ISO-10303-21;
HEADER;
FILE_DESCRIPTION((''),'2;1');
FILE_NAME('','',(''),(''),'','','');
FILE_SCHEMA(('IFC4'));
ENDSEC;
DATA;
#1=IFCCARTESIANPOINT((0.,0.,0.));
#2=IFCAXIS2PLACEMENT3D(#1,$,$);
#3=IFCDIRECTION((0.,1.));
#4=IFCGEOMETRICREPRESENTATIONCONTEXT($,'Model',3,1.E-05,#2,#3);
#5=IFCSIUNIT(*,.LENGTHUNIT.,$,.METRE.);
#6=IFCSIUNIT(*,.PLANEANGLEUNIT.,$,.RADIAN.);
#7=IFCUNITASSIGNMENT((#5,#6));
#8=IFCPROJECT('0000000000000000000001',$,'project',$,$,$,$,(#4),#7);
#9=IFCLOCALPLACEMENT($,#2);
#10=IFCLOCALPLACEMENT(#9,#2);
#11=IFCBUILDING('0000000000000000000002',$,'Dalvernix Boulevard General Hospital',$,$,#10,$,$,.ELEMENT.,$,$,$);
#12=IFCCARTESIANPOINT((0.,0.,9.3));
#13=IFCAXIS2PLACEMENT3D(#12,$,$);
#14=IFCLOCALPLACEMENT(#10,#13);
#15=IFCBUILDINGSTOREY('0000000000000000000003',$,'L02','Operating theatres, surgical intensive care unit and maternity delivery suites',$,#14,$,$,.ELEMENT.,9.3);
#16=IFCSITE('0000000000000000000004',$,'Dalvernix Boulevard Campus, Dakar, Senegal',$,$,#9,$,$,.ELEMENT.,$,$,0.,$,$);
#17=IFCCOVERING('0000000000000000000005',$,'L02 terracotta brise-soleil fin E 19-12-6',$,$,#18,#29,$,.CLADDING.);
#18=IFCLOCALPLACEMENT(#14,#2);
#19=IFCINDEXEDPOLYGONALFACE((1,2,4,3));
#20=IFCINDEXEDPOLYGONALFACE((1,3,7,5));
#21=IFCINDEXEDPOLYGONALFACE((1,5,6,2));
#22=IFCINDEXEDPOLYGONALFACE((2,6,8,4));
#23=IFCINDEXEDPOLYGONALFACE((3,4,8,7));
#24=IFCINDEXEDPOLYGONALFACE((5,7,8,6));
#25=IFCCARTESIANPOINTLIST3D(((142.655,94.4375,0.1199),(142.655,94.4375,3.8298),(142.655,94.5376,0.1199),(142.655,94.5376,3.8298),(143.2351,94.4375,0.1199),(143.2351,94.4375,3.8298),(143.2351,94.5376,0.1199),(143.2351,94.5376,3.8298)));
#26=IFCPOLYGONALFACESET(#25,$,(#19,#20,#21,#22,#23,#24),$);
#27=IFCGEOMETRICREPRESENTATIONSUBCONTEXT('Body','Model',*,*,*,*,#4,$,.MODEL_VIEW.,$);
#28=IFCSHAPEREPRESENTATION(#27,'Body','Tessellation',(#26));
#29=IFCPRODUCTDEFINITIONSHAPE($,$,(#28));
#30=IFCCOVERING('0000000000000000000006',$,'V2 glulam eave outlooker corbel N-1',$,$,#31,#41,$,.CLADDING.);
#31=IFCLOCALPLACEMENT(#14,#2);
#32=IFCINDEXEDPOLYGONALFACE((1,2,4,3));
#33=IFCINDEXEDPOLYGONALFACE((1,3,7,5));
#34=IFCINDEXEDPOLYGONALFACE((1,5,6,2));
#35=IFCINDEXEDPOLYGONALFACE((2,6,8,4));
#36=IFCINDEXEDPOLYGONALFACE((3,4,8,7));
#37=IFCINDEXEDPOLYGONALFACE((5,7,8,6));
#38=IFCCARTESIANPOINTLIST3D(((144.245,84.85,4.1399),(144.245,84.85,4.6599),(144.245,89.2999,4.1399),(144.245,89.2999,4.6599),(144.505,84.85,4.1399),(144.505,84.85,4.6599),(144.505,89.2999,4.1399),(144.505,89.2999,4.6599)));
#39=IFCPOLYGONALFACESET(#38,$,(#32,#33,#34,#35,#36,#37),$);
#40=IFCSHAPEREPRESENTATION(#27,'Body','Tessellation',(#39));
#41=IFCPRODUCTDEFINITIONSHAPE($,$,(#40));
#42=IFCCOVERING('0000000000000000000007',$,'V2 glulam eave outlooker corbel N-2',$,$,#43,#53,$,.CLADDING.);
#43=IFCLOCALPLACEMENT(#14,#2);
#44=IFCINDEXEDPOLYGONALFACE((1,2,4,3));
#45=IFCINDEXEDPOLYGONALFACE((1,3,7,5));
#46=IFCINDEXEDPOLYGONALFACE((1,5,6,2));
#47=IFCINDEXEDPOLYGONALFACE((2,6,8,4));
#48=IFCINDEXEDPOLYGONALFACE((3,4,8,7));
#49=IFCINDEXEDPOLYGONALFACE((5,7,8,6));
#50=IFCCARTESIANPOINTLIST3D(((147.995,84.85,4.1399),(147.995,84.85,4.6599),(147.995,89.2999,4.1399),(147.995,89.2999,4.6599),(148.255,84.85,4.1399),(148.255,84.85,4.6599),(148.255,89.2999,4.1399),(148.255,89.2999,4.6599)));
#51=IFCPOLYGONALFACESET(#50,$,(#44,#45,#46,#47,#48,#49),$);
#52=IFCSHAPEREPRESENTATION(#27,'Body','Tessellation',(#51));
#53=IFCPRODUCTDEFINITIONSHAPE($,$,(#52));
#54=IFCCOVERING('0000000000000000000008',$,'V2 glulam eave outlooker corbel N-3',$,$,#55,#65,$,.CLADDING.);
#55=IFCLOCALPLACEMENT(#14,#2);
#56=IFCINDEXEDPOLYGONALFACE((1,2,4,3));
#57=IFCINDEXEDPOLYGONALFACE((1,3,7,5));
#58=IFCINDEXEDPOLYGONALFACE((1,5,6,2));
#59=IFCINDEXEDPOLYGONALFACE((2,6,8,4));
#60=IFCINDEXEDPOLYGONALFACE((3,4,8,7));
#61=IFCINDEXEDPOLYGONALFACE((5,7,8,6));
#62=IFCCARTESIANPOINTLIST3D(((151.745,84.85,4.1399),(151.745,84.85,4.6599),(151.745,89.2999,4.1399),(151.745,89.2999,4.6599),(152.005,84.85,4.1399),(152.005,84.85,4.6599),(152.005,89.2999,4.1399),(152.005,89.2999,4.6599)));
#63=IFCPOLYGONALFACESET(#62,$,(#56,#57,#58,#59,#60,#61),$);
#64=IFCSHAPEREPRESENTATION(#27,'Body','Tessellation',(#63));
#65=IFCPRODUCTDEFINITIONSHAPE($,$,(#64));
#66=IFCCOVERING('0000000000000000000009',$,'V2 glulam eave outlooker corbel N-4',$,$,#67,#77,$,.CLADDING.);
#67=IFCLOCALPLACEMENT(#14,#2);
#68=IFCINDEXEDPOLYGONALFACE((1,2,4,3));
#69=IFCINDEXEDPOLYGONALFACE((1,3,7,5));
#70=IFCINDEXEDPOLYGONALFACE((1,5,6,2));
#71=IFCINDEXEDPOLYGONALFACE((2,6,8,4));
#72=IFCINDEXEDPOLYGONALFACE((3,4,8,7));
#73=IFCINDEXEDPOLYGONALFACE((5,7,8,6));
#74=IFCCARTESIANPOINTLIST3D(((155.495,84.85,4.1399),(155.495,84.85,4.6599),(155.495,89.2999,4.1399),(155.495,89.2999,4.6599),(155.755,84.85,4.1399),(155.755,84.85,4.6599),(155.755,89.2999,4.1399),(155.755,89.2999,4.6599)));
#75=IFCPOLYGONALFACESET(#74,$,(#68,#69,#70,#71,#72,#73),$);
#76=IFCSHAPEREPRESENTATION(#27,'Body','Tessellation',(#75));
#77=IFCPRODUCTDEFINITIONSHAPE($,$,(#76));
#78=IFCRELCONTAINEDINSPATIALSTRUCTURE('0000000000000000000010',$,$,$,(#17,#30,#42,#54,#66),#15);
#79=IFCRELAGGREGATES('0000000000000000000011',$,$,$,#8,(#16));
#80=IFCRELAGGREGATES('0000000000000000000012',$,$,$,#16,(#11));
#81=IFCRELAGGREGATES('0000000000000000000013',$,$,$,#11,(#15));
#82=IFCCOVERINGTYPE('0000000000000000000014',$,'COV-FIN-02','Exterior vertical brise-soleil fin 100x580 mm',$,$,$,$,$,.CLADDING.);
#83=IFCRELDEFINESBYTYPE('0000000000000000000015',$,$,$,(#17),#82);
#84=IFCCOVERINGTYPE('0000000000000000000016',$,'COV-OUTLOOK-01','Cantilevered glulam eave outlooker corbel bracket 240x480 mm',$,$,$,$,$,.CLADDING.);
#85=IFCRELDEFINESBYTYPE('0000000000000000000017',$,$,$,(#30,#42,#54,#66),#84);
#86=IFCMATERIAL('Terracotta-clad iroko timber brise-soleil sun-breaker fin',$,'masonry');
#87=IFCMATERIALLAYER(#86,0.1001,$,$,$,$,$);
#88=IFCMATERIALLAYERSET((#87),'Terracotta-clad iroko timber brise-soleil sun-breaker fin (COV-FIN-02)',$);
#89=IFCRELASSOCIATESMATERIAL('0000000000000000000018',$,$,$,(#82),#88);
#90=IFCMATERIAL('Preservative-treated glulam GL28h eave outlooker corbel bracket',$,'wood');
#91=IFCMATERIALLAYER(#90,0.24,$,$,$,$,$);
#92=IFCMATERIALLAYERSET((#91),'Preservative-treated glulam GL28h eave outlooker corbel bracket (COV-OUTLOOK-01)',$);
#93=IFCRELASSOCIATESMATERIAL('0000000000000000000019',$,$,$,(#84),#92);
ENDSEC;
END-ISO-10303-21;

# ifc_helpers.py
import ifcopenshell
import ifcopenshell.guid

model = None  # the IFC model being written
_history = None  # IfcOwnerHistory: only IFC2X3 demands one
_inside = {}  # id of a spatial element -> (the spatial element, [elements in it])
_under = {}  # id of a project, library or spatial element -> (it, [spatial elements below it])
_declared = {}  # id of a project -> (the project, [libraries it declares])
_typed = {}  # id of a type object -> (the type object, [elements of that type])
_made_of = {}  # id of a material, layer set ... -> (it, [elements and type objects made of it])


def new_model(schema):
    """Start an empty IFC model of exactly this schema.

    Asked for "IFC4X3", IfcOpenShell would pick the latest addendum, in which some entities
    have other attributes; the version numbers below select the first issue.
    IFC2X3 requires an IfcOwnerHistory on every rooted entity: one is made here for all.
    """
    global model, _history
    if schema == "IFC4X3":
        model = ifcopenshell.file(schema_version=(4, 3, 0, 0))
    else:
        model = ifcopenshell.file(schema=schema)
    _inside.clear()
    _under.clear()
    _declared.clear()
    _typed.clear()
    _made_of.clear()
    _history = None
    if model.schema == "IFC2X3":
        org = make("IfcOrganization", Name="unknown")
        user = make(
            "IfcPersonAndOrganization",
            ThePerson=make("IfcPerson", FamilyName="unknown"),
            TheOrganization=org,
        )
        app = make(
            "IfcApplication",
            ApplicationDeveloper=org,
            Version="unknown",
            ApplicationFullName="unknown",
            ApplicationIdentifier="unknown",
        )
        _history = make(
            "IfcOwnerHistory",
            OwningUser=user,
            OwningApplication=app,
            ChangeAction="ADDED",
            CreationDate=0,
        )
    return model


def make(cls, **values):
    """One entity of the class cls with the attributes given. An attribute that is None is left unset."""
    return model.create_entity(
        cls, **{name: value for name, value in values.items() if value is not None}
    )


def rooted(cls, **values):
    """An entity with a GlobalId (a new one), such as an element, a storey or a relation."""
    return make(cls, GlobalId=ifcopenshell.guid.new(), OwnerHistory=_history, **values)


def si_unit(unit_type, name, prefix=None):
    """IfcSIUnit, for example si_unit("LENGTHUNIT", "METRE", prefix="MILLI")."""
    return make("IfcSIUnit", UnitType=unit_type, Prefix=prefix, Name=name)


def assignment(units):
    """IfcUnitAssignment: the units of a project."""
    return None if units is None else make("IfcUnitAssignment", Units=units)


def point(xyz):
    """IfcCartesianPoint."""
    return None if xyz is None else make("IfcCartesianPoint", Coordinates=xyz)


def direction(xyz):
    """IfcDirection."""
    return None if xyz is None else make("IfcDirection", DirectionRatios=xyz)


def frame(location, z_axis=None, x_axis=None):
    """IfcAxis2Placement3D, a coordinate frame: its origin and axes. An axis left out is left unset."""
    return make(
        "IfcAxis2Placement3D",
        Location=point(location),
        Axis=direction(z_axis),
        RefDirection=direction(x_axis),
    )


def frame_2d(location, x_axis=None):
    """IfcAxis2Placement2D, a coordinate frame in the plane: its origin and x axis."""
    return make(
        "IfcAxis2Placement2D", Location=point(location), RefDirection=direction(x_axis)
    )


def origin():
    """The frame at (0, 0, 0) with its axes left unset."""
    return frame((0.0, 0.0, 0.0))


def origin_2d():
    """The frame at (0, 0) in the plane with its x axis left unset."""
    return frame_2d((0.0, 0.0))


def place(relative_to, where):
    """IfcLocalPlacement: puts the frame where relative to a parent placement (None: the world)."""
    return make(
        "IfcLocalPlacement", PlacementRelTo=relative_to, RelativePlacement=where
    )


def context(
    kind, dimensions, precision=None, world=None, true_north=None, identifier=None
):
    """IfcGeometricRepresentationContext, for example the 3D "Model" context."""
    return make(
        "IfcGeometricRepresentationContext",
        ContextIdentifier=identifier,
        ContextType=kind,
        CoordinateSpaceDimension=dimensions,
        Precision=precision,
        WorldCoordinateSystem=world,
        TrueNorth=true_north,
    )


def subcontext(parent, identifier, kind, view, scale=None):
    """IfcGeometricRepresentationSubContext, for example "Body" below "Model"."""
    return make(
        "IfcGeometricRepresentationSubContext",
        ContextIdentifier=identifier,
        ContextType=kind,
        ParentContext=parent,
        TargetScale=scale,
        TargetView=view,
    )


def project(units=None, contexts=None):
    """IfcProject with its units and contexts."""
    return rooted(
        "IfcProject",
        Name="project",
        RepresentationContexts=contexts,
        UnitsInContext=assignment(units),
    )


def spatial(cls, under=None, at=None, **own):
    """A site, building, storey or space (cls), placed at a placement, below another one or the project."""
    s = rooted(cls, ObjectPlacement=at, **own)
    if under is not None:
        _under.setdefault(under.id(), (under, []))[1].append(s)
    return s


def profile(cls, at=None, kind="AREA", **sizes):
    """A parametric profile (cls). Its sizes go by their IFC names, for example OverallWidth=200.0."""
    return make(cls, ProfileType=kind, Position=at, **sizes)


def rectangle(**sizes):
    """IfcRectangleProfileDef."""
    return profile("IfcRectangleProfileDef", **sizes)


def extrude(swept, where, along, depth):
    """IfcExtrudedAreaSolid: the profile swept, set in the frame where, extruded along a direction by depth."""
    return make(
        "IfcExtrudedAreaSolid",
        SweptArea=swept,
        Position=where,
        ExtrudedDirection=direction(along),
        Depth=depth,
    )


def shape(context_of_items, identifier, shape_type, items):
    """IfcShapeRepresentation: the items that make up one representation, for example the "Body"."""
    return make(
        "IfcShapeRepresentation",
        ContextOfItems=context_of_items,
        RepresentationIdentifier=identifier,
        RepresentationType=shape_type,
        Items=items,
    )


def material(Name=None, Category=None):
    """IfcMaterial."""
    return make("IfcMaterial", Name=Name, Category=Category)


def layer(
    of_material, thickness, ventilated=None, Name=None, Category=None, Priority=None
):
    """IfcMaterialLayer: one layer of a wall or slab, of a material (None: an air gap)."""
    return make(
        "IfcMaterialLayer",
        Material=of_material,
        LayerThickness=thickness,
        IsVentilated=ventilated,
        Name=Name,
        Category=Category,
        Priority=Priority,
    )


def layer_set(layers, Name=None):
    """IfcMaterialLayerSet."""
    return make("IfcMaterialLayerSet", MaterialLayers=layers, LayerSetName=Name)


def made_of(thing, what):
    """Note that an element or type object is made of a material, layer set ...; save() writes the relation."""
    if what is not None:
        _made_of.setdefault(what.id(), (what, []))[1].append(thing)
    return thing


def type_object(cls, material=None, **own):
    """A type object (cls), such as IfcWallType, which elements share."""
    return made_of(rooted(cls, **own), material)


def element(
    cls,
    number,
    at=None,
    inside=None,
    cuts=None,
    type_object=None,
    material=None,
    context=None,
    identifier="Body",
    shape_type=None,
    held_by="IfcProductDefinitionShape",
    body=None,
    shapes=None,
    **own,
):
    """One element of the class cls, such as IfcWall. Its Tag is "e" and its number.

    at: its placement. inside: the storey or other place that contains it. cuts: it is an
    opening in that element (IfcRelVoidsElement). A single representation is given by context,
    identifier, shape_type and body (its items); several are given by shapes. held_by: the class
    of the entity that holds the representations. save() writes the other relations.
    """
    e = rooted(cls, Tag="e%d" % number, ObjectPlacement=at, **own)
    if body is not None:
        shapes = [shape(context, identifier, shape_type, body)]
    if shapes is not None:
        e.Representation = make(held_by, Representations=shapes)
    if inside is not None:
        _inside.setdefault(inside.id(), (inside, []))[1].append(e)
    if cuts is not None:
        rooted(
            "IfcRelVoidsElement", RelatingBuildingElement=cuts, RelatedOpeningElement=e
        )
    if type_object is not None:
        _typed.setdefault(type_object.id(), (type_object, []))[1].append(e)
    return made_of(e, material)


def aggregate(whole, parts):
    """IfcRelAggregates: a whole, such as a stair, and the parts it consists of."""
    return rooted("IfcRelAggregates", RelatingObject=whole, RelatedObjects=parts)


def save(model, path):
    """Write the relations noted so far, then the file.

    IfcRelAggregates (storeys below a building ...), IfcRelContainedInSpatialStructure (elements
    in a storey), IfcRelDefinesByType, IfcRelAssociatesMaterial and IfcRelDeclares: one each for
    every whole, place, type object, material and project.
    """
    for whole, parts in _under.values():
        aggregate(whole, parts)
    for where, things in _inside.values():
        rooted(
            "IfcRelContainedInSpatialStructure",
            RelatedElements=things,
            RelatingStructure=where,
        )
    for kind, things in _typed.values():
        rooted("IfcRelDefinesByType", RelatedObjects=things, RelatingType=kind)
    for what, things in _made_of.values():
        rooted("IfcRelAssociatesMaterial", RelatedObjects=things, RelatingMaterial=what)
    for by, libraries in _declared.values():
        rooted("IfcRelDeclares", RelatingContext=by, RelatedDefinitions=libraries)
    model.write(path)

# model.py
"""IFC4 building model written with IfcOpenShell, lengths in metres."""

from ifc_helpers import new_model, si_unit, direction, frame, origin, origin_2d, place, context, subcontext, project, spatial, rectangle, extrude, material, layer, layer_set, type_object, element, save


model = new_model("IFC4")

# Units and contexts
model_context = context("Model", 3, precision=1e-05, world=origin(), true_north=direction((0.0, 1.0)))
body_context = subcontext(model_context, "Body", "Model", "MODEL_VIEW")
ifc_project = project(units=[si_unit("LENGTHUNIT", "METRE"), si_unit("PLANEANGLEUNIT", "RADIAN")], contexts=[model_context])

# Site, building, storey
site_placement = place(None, origin())
site = spatial("IfcSite", under=ifc_project, at=site_placement, Name="Dalvernix Boulevard Campus, Dakar, Senegal", CompositionType="ELEMENT", RefElevation=0.0)
building_placement = place(site_placement, origin())
building = spatial("IfcBuilding", under=site, at=building_placement, Name="Dalvernix Boulevard General Hospital", CompositionType="ELEMENT")
storey_placement = place(building_placement, frame((0.0, 0.0, 9.3)))
storey = spatial("IfcBuildingStorey", under=building, at=storey_placement, Name="L02", Description="Operating theatres, surgical intensive care unit and maternity delivery suites", CompositionType="ELEMENT", Elevation=9.3)

# Coverings
ifc_material_1 = material(Name="Terracotta-clad iroko timber brise-soleil sun-breaker fin", Category="masonry")
ifc_layer_1 = layer(ifc_material_1, 0.1001)
ifc_layer_set_1 = layer_set([ifc_layer_1], Name="Terracotta-clad iroko timber brise-soleil sun-breaker fin (COV-FIN-02)")
covering_type_1 = type_object("IfcCoveringType", Name="COV-FIN-02", Description="Exterior vertical brise-soleil fin 100x580 mm", PredefinedType="CLADDING", material=ifc_layer_set_1)
for number, where, z_axis, x_axis, name in (
    (1, (142.9451, 94.4875, 0.1199), (0.0, 0.0, 1.0), (0.0, -1.0, 0.0), "L02 terracotta brise-soleil fin E 19-12-6"),
):
    element("IfcCovering", number, at=place(storey_placement, frame(where, z_axis=z_axis, x_axis=x_axis)), inside=storey, type_object=covering_type_1, Name=name, PredefinedType="CLADDING", context=body_context, shape_type="SweptSolid", body=[
        extrude(rectangle(XDim=0.1001, YDim=0.5801, at=origin_2d()), origin(), (0.0, 0.0, 1.0), 3.71),
    ])
ifc_material_2 = material(Name="Preservative-treated glulam GL28h eave outlooker corbel bracket", Category="wood")
ifc_layer_2 = layer(ifc_material_2, 0.24)
ifc_layer_set_2 = layer_set([ifc_layer_2], Name="Preservative-treated glulam GL28h eave outlooker corbel bracket (COV-OUTLOOK-01)")
covering_type_2 = type_object("IfcCoveringType", Name="COV-OUTLOOK-01", Description="Cantilevered glulam eave outlooker corbel bracket 240x480 mm", PredefinedType="CLADDING", material=ifc_layer_set_2)
for number, where, z_axis, x_axis, name in (
    (2, (144.375, 87.075, 4.1399), (0.0, 0.0, 1.0), (1.0, 0.0, 0.0), "V2 glulam eave outlooker corbel N-1"),
    (3, (148.125, 87.075, 4.1399), (0.0, 0.0, 1.0), (1.0, 0.0, 0.0), "V2 glulam eave outlooker corbel N-2"),
    (4, (151.875, 87.075, 4.1399), (0.0, 0.0, 1.0), (1.0, 0.0, 0.0), "V2 glulam eave outlooker corbel N-3"),
    (5, (155.625, 87.075, 4.1399), (0.0, 0.0, 1.0), (1.0, 0.0, 0.0), "V2 glulam eave outlooker corbel N-4"),
):
    element("IfcCovering", number, at=place(storey_placement, frame(where, z_axis=z_axis, x_axis=x_axis)), inside=storey, type_object=covering_type_2, Name=name, PredefinedType="CLADDING", context=body_context, shape_type="SweptSolid", body=[
        extrude(rectangle(XDim=0.26, YDim=4.45, at=origin_2d()), origin(), (0.0, 0.0, 1.0), 0.52),
    ])

save(model, "model.ifc")
